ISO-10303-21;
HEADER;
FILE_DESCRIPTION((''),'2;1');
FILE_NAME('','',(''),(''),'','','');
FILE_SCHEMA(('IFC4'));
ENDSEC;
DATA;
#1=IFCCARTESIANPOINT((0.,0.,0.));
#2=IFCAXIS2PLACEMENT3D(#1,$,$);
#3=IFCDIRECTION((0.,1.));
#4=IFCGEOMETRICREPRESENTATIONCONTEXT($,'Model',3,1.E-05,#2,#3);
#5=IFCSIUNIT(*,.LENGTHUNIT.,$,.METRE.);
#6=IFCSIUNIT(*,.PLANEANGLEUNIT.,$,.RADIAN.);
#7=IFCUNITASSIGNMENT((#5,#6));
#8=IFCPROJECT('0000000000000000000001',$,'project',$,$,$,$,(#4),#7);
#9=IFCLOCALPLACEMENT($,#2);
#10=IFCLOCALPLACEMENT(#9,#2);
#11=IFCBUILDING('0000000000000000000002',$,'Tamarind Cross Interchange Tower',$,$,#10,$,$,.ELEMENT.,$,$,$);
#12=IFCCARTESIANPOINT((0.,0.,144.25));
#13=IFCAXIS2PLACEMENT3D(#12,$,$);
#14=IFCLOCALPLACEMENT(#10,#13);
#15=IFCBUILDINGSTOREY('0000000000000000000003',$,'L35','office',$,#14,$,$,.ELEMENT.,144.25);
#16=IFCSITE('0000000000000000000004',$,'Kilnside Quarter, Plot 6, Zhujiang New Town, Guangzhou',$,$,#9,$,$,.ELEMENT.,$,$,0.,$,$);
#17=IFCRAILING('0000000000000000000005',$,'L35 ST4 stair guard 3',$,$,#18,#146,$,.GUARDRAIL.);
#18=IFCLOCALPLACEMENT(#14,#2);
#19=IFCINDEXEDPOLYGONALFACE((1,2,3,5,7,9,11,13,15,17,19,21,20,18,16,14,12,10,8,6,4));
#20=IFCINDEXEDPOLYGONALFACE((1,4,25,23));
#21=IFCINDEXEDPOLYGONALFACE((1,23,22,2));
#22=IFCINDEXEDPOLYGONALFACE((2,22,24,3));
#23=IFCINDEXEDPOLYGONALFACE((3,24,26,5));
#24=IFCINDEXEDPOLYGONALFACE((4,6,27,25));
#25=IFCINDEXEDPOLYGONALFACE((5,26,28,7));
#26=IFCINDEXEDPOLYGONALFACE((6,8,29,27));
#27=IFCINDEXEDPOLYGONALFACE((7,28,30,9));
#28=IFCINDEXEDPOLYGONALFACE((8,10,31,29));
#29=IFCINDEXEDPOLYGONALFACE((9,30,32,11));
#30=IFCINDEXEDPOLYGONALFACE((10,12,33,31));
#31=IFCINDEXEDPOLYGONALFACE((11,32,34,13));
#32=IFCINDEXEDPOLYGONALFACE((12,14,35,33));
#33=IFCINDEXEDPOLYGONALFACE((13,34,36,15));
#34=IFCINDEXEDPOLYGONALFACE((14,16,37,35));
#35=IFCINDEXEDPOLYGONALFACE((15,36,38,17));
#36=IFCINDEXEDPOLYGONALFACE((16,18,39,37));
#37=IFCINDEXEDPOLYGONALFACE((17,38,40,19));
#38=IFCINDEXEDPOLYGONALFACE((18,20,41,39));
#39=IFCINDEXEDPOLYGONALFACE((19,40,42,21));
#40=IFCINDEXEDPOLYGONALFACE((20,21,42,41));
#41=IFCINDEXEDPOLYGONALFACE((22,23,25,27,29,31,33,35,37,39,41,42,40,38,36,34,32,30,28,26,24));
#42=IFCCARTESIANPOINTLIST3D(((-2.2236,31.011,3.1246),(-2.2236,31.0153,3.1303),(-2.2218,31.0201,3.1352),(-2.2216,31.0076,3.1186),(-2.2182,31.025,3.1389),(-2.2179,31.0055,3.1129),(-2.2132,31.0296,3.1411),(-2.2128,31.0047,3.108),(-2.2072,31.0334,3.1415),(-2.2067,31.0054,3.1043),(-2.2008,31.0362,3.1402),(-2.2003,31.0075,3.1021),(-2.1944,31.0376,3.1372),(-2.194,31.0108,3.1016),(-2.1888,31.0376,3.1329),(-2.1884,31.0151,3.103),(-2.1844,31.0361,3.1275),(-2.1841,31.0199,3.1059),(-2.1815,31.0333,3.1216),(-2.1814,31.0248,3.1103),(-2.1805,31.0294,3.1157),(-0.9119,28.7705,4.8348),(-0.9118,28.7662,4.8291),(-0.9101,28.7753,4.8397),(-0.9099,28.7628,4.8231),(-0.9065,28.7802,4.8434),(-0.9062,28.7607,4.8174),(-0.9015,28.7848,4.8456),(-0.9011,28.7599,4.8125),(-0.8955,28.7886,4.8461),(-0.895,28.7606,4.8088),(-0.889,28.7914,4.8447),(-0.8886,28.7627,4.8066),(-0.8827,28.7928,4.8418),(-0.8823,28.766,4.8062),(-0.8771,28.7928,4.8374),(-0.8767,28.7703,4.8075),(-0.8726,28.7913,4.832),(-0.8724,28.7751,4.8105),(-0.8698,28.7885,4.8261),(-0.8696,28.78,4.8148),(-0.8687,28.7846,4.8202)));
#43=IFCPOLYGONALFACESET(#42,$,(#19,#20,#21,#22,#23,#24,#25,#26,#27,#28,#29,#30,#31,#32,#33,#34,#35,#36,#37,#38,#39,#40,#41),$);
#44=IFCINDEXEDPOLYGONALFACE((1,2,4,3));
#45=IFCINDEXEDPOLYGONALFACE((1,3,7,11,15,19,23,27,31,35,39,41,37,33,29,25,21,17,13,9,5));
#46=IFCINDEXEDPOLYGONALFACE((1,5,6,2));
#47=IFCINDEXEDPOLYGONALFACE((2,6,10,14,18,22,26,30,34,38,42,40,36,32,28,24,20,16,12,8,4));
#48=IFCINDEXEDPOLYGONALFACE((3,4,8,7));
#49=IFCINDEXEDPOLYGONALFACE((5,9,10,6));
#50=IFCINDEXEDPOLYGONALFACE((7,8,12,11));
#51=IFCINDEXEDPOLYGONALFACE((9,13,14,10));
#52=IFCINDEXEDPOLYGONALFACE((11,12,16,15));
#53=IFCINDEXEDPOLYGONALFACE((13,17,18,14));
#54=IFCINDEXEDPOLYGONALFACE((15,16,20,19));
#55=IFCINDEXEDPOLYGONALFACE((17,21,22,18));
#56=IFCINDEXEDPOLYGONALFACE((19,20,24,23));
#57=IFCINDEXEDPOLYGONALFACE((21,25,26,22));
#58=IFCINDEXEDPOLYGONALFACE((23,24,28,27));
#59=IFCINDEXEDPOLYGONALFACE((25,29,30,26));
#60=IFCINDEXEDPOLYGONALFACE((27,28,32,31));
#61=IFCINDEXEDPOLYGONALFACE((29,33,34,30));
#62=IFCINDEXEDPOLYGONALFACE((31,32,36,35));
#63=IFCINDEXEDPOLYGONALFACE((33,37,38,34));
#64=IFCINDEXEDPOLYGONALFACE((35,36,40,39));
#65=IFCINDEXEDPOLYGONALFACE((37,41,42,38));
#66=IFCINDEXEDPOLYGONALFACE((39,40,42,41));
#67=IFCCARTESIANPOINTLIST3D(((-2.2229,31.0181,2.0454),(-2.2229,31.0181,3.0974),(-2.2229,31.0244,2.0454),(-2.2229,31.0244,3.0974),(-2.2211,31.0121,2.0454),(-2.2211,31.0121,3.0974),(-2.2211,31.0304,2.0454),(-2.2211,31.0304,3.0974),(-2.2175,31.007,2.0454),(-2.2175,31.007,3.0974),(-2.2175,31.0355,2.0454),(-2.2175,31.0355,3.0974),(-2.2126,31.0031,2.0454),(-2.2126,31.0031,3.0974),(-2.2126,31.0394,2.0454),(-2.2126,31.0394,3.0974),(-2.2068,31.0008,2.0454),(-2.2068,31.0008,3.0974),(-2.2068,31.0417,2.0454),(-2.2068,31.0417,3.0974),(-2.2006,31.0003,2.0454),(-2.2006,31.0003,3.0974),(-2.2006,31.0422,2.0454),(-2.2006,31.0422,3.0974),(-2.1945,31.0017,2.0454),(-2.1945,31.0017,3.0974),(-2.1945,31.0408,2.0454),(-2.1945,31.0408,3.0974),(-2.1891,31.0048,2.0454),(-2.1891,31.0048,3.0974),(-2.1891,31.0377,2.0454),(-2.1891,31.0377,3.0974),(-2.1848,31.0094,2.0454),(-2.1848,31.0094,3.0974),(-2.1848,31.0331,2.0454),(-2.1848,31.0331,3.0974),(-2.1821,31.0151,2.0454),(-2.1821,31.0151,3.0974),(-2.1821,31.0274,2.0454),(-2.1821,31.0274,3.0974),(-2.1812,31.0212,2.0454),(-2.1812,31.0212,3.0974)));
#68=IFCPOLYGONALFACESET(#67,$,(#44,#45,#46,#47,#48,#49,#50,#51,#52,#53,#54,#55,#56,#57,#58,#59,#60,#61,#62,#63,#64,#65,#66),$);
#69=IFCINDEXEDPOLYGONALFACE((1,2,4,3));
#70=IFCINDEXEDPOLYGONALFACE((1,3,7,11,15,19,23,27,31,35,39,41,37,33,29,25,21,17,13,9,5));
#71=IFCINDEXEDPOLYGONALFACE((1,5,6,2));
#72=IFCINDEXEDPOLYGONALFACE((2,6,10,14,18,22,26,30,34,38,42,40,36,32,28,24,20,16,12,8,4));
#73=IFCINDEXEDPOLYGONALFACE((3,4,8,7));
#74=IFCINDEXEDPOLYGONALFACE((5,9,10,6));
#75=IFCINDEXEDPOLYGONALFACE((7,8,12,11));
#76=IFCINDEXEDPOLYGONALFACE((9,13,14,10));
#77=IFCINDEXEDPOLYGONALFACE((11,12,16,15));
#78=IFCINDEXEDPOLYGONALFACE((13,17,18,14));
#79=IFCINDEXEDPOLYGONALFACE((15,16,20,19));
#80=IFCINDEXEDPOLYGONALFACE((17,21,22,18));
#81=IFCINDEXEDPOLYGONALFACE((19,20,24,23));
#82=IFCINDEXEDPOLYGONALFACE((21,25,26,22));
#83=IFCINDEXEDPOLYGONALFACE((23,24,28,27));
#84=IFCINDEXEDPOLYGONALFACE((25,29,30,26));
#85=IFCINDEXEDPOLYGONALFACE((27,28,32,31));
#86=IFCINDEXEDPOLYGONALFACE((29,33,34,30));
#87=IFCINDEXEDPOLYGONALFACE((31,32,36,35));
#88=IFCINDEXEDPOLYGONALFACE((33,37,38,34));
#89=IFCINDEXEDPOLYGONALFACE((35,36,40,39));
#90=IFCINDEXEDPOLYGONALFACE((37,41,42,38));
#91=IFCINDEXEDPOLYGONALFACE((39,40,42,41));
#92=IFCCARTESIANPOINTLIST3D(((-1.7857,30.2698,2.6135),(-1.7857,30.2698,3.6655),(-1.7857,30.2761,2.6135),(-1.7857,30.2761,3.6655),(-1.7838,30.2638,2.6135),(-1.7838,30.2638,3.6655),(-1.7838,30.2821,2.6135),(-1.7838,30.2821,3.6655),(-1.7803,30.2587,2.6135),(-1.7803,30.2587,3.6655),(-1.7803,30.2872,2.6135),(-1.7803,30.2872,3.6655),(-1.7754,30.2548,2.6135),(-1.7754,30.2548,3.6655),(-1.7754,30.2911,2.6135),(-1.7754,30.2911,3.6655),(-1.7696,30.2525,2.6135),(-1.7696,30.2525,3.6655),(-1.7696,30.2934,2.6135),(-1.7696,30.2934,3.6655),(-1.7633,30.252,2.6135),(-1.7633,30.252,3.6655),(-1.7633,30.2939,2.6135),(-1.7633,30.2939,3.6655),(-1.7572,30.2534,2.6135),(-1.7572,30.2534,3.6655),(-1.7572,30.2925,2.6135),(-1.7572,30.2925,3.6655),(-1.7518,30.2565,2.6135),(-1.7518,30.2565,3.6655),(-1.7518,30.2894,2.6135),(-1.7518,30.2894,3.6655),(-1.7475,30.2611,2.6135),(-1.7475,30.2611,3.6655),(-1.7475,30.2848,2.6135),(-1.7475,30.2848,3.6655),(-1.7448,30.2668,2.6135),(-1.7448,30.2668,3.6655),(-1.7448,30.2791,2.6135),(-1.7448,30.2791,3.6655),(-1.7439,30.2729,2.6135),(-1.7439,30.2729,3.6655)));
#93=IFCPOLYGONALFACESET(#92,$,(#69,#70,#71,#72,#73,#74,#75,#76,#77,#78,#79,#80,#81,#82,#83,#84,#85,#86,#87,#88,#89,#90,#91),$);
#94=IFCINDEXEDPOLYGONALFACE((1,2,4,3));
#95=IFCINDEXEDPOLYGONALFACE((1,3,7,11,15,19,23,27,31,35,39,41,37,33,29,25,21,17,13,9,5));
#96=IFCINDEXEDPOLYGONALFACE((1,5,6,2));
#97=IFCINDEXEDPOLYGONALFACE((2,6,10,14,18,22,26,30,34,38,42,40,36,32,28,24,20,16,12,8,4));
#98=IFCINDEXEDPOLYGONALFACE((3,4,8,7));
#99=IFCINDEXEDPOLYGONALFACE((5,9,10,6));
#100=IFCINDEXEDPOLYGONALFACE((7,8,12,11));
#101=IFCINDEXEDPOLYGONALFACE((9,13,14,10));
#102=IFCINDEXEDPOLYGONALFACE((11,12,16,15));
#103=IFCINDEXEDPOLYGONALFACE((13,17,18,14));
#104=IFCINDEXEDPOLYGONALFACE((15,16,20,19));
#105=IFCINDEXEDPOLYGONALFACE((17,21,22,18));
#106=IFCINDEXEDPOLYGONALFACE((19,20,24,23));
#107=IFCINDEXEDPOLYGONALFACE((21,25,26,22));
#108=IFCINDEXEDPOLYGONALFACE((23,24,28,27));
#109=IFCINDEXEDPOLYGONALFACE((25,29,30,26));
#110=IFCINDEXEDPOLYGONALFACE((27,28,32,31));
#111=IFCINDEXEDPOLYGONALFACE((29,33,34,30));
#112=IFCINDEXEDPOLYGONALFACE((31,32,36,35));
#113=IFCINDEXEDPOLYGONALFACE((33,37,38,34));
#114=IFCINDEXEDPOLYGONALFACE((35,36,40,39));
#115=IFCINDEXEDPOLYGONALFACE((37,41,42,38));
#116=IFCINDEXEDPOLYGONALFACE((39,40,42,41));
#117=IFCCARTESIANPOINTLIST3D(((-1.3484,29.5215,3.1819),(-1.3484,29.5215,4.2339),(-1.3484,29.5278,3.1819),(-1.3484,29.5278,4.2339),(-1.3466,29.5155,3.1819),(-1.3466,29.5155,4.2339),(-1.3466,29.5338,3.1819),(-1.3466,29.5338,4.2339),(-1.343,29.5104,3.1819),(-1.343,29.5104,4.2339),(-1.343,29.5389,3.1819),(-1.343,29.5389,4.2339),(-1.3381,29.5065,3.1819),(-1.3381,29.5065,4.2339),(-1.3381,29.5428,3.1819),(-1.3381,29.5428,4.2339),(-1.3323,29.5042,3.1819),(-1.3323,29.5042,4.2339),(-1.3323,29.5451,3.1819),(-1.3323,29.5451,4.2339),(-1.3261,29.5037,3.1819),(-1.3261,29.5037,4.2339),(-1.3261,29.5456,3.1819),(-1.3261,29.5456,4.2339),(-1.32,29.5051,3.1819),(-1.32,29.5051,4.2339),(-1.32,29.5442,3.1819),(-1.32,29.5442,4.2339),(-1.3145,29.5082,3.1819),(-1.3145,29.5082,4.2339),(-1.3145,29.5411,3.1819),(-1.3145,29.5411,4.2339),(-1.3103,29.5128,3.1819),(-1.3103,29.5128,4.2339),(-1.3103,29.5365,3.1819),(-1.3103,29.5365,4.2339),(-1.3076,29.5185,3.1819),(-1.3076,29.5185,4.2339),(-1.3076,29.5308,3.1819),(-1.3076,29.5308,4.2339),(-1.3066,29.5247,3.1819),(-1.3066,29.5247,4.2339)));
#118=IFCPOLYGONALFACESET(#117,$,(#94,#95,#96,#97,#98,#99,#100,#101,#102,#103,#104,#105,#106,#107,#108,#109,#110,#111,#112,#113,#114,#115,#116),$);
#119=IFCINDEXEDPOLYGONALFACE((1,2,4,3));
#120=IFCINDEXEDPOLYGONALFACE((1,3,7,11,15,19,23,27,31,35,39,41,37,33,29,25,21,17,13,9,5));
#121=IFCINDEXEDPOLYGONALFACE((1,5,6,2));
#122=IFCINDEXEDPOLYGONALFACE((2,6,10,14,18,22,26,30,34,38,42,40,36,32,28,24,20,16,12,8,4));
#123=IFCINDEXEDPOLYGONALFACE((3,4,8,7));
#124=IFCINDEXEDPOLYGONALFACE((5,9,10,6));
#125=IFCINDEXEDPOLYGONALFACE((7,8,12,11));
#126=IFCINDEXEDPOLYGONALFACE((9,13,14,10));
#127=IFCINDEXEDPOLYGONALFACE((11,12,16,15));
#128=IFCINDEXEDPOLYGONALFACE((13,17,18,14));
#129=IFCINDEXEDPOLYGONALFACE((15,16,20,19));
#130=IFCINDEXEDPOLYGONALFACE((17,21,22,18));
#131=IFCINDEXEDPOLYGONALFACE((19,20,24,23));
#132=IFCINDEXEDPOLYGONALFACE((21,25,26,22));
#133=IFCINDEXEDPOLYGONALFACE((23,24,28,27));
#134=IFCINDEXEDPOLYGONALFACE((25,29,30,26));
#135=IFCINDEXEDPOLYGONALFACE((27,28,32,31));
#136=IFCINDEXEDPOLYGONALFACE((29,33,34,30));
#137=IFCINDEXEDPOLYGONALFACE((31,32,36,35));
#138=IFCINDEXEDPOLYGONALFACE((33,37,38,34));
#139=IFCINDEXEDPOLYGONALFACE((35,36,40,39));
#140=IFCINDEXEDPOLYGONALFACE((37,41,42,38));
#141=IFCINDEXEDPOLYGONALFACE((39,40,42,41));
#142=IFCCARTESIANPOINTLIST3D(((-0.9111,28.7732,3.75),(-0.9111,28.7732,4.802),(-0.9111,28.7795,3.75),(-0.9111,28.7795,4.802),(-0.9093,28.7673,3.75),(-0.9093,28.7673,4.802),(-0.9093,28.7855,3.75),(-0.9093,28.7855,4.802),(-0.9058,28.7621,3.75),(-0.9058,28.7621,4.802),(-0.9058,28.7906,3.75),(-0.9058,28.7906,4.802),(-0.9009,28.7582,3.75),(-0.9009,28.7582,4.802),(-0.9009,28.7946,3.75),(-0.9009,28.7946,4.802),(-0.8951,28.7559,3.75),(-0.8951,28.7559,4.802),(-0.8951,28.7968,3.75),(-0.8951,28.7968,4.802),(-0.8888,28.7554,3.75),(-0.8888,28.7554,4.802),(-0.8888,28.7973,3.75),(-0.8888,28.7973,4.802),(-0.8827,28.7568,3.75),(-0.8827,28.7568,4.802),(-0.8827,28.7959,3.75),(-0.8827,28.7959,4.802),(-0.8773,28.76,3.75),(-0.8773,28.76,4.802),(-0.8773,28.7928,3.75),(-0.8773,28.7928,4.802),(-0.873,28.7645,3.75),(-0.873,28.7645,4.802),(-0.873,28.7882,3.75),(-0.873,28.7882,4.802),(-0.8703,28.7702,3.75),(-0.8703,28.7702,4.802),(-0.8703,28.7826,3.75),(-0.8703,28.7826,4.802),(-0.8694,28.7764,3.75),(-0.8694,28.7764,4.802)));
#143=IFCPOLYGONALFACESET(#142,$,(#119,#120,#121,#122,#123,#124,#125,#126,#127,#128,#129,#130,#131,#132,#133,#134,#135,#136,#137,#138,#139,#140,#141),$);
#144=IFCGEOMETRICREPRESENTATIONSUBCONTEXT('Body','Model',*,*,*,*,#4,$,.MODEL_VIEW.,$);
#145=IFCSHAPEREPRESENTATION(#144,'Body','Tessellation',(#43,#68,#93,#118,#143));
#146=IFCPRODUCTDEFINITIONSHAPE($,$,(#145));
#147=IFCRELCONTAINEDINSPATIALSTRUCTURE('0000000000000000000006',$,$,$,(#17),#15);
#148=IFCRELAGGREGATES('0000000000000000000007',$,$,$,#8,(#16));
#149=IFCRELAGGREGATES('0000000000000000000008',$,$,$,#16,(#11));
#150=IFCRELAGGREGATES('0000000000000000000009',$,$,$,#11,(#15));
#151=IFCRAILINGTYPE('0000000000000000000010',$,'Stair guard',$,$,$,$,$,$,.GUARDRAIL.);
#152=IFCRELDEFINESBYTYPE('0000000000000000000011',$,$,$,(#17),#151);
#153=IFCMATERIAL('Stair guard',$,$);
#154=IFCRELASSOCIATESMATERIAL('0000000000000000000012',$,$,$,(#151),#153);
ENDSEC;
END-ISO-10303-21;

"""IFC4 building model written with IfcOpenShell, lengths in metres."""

from ifc_helpers import new_model, si_unit, direction, frame, origin, origin_2d, place, context, subcontext, project, spatial, circle, extrude, material, type_object, element, save


model = new_model("IFC4")

# Units and contexts
model_context = context("Model", 3, precision=1e-05, world=origin(), true_north=direction((0.0, 1.0)))
body_context = subcontext(model_context, "Body", "Model", "MODEL_VIEW")
ifc_project = project(units=[si_unit("LENGTHUNIT", "METRE"), si_unit("PLANEANGLEUNIT", "RADIAN")], contexts=[model_context])

# Site, building, storey
site_placement = place(None, origin())
site = spatial("IfcSite", under=ifc_project, at=site_placement, Name="Kilnside Quarter, Plot 6, Zhujiang New Town, Guangzhou", CompositionType="ELEMENT", RefElevation=0.0)
building_placement = place(site_placement, origin())
building = spatial("IfcBuilding", under=site, at=building_placement, Name="Tamarind Cross Interchange Tower", CompositionType="ELEMENT")
storey_placement = place(building_placement, frame((0.0, 0.0, 144.25)))
storey = spatial("IfcBuildingStorey", under=building, at=storey_placement, Name="L35", Description="office", CompositionType="ELEMENT", Elevation=144.25)

# Railing
ifc_material_1 = material(Name="Stair guard")
railing_type = type_object("IfcRailingType", Name="Stair guard", PredefinedType="GUARDRAIL", material=ifc_material_1)
railing_1_placement = place(storey_placement, frame((-2.2021, 31.0212, 2.0454)))
element("IfcRailing", 1, at=railing_1_placement, inside=storey, type_object=railing_type, Name="L35 ST4 stair guard 3", PredefinedType="GUARDRAIL", context=body_context, shape_type="SweptSolid", body=[
    extrude(circle(Radius=0.0239, at=origin_2d()), frame((0.0, 0.0, 1.0762), z_axis=(0.421927, -0.722059, 0.548278), x_axis=(0.863401, 0.504519, 0.0)), (0.0, 0.0, 1.0), 3.1089),
    extrude(circle(Radius=0.021, at=origin_2d()), origin(), (0.0, 0.0, 1.0), 1.052),
    extrude(circle(Radius=0.021, at=origin_2d()), frame((0.4373, -0.7483, 0.5681)), (0.0, 0.0, 1.0), 1.052),
    extrude(circle(Radius=0.021, at=origin_2d()), frame((0.8745, -1.4966, 1.1365)), (0.0, 0.0, 1.0), 1.052),
    extrude(circle(Radius=0.021, at=origin_2d()), frame((1.3118, -2.2449, 1.7046)), (0.0, 0.0, 1.0), 1.052),
])

save(model, "model.ifc")
